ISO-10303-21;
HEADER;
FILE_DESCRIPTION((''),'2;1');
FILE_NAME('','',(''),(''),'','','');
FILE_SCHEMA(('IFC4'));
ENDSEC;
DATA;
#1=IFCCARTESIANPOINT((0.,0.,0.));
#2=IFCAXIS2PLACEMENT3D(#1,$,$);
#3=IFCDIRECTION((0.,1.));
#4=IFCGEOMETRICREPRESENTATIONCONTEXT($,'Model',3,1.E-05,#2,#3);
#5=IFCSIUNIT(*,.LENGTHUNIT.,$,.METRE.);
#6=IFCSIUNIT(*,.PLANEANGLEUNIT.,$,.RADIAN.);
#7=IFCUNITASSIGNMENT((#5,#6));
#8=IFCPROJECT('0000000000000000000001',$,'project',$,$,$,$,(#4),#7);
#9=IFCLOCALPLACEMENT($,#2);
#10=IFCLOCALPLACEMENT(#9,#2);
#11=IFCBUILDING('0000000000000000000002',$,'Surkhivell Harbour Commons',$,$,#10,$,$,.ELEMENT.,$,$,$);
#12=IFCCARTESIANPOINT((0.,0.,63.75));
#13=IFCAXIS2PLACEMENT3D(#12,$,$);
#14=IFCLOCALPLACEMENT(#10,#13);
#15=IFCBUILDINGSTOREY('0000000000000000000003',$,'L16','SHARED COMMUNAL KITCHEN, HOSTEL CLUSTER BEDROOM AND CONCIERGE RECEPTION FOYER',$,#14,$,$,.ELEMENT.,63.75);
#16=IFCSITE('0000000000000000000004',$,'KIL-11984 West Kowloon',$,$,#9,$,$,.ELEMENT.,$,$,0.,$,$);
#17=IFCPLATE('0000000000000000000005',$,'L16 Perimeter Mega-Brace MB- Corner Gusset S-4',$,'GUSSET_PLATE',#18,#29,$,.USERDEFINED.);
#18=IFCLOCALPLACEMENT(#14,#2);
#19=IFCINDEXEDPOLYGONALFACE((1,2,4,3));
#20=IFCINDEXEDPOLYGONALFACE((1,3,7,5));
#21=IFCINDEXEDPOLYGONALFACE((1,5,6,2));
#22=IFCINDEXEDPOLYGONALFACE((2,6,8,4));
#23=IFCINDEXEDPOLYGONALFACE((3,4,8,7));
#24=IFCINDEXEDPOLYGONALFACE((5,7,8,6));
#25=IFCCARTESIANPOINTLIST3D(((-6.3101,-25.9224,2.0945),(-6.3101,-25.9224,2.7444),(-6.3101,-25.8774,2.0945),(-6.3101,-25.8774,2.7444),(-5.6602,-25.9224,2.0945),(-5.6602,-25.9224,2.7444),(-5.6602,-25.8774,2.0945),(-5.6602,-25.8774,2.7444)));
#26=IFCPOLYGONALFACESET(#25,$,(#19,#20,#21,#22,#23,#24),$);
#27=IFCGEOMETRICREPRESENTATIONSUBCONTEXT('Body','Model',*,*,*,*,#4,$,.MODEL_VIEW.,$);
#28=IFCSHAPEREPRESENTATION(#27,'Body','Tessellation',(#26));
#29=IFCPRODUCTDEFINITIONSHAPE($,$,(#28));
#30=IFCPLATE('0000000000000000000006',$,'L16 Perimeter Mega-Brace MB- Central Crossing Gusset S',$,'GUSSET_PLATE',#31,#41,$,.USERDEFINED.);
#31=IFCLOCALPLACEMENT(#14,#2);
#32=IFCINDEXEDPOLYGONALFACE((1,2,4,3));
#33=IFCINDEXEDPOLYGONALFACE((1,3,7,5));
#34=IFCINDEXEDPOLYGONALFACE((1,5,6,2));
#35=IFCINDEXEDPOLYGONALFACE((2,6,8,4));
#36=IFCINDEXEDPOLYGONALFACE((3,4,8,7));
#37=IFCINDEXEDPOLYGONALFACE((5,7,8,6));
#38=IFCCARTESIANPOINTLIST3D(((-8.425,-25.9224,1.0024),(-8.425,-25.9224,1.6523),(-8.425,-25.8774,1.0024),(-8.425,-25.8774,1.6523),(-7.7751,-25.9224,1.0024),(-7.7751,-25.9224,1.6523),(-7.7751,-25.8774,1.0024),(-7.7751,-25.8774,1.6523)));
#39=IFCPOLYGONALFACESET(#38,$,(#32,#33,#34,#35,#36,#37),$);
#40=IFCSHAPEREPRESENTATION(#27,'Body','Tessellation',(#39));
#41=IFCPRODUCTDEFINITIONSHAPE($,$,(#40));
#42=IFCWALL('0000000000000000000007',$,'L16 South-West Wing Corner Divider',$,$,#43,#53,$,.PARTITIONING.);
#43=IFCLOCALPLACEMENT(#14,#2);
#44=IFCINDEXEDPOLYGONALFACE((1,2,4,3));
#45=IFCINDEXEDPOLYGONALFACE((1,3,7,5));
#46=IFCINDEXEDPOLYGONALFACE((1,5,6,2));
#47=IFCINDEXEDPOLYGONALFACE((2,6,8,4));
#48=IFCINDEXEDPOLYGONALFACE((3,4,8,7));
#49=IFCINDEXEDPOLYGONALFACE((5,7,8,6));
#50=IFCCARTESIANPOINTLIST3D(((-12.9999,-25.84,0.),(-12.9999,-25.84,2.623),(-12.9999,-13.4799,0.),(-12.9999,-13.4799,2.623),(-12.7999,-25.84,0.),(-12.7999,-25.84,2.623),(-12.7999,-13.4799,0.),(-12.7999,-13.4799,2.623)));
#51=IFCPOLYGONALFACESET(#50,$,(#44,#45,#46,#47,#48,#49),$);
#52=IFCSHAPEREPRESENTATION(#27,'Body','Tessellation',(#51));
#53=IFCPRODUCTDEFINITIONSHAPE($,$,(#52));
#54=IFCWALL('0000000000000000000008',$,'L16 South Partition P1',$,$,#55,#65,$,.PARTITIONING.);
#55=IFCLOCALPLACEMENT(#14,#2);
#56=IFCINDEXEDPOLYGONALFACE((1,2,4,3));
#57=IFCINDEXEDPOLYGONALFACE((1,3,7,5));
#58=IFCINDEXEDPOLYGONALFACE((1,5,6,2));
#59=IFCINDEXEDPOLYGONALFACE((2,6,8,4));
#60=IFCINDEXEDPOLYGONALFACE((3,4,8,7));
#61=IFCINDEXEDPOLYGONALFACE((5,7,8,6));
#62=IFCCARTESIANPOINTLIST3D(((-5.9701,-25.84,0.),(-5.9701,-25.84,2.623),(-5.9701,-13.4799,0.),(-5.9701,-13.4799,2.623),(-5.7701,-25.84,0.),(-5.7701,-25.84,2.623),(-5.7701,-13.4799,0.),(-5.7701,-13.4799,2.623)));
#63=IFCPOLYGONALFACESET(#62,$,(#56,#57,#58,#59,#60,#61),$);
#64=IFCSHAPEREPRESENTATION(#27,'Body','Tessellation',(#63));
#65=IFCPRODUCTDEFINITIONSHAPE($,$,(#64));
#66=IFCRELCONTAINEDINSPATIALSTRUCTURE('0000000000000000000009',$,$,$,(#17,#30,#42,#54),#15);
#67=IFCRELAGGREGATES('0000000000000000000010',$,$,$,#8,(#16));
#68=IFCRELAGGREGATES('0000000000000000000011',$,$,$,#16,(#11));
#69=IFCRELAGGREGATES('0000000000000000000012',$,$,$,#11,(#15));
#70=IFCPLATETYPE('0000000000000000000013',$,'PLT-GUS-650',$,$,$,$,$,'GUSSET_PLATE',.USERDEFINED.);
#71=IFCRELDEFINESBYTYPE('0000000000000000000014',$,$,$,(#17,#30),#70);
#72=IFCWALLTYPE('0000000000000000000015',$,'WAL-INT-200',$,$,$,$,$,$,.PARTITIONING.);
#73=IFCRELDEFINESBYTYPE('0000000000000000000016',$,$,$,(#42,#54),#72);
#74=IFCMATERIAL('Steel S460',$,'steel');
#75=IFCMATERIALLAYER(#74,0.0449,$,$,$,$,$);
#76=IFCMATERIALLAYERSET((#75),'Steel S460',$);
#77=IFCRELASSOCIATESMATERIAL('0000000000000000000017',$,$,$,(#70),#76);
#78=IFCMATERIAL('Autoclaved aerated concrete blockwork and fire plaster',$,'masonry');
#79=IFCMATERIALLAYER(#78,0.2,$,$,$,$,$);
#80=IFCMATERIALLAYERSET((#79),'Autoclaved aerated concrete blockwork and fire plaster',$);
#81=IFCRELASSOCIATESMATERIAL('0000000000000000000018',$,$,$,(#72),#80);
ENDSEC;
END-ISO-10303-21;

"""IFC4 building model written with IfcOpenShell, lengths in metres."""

from ifc_helpers import new_model, si_unit, direction, frame, frame_2d, origin, origin_2d, place, context, subcontext, project, spatial, rectangle, extrude, material, layer, layer_set, type_object, element, save


model = new_model("IFC4")

# Units and contexts
model_context = context("Model", 3, precision=1e-05, world=origin(), true_north=direction((0.0, 1.0)))
body_context = subcontext(model_context, "Body", "Model", "MODEL_VIEW")
ifc_project = project(units=[si_unit("LENGTHUNIT", "METRE"), si_unit("PLANEANGLEUNIT", "RADIAN")], contexts=[model_context])

# Site, building, storey
site_placement = place(None, origin())
site = spatial("IfcSite", under=ifc_project, at=site_placement, Name="KIL-11984 West Kowloon", CompositionType="ELEMENT", RefElevation=0.0)
building_placement = place(site_placement, origin())
building = spatial("IfcBuilding", under=site, at=building_placement, Name="Surkhivell Harbour Commons", CompositionType="ELEMENT")
storey_placement = place(building_placement, frame((0.0, 0.0, 63.75)))
storey = spatial("IfcBuildingStorey", under=building, at=storey_placement, Name="L16", Description="SHARED COMMUNAL KITCHEN, HOSTEL CLUSTER BEDROOM AND CONCIERGE RECEPTION FOYER", CompositionType="ELEMENT", Elevation=63.75)

# Shared definitions
ifc_material_1 = material(Name="Steel S460", Category="steel")

# Plates
ifc_layer_1 = layer(ifc_material_1, 0.0449)
ifc_layer_set_1 = layer_set([ifc_layer_1], Name="Steel S460")
plate_type_1 = type_object("IfcPlateType", Name="PLT-GUS-650", ElementType="GUSSET_PLATE", PredefinedType="USERDEFINED", material=ifc_layer_set_1)
for number, where, z_axis, x_axis, name in (
    (1, (-5.9851, -25.8999, 2.0945), (0.0, 0.0, 1.0), (1.0, 0.0, 0.0), "L16 Perimeter Mega-Brace MB- Corner Gusset S-4"),
    (2, (-8.1001, -25.8999, 1.0024), (0.0, 0.0, 1.0), (1.0, 0.0, 0.0), "L16 Perimeter Mega-Brace MB- Central Crossing Gusset S"),
):
    element("IfcPlate", number, at=place(storey_placement, frame(where, z_axis=z_axis, x_axis=x_axis)), inside=storey, type_object=plate_type_1, Name=name, ObjectType="GUSSET_PLATE", PredefinedType="USERDEFINED", context=body_context, shape_type="SweptSolid", body=[
        extrude(rectangle(XDim=0.6499, YDim=0.0449, at=origin_2d()), origin(), (0.0, 0.0, 1.0), 0.6499),
    ])

# Walls
ifc_material_2 = material(Name="Autoclaved aerated concrete blockwork and fire plaster", Category="masonry")
ifc_layer_2 = layer(ifc_material_2, 0.2)
ifc_layer_set_2 = layer_set([ifc_layer_2], Name="Autoclaved aerated concrete blockwork and fire plaster")
wall_type = type_object("IfcWallType", Name="WAL-INT-200", PredefinedType="PARTITIONING", material=ifc_layer_set_2)
for number, where, z_axis, x_axis, name in (
    (3, (-12.8999, -25.8401, 0.0), (0.0, 0.0, 1.0), (0.0, 1.0, 0.0), "L16 South-West Wing Corner Divider"),
    (4, (-5.8701, -25.8401, 0.0), (0.0, 0.0, 1.0), (0.0, 1.0, 0.0), "L16 South Partition P1"),
):
    element("IfcWall", number, at=place(storey_placement, frame(where, z_axis=z_axis, x_axis=x_axis)), inside=storey, type_object=wall_type, Name=name, PredefinedType="PARTITIONING", context=body_context, shape_type="SweptSolid", body=[
        extrude(rectangle(XDim=12.3601, YDim=0.2, at=frame_2d((6.1802, 0.0))), origin(), (0.0, 0.0, 1.0), 2.623),
    ])

save(model, "model.ifc")
